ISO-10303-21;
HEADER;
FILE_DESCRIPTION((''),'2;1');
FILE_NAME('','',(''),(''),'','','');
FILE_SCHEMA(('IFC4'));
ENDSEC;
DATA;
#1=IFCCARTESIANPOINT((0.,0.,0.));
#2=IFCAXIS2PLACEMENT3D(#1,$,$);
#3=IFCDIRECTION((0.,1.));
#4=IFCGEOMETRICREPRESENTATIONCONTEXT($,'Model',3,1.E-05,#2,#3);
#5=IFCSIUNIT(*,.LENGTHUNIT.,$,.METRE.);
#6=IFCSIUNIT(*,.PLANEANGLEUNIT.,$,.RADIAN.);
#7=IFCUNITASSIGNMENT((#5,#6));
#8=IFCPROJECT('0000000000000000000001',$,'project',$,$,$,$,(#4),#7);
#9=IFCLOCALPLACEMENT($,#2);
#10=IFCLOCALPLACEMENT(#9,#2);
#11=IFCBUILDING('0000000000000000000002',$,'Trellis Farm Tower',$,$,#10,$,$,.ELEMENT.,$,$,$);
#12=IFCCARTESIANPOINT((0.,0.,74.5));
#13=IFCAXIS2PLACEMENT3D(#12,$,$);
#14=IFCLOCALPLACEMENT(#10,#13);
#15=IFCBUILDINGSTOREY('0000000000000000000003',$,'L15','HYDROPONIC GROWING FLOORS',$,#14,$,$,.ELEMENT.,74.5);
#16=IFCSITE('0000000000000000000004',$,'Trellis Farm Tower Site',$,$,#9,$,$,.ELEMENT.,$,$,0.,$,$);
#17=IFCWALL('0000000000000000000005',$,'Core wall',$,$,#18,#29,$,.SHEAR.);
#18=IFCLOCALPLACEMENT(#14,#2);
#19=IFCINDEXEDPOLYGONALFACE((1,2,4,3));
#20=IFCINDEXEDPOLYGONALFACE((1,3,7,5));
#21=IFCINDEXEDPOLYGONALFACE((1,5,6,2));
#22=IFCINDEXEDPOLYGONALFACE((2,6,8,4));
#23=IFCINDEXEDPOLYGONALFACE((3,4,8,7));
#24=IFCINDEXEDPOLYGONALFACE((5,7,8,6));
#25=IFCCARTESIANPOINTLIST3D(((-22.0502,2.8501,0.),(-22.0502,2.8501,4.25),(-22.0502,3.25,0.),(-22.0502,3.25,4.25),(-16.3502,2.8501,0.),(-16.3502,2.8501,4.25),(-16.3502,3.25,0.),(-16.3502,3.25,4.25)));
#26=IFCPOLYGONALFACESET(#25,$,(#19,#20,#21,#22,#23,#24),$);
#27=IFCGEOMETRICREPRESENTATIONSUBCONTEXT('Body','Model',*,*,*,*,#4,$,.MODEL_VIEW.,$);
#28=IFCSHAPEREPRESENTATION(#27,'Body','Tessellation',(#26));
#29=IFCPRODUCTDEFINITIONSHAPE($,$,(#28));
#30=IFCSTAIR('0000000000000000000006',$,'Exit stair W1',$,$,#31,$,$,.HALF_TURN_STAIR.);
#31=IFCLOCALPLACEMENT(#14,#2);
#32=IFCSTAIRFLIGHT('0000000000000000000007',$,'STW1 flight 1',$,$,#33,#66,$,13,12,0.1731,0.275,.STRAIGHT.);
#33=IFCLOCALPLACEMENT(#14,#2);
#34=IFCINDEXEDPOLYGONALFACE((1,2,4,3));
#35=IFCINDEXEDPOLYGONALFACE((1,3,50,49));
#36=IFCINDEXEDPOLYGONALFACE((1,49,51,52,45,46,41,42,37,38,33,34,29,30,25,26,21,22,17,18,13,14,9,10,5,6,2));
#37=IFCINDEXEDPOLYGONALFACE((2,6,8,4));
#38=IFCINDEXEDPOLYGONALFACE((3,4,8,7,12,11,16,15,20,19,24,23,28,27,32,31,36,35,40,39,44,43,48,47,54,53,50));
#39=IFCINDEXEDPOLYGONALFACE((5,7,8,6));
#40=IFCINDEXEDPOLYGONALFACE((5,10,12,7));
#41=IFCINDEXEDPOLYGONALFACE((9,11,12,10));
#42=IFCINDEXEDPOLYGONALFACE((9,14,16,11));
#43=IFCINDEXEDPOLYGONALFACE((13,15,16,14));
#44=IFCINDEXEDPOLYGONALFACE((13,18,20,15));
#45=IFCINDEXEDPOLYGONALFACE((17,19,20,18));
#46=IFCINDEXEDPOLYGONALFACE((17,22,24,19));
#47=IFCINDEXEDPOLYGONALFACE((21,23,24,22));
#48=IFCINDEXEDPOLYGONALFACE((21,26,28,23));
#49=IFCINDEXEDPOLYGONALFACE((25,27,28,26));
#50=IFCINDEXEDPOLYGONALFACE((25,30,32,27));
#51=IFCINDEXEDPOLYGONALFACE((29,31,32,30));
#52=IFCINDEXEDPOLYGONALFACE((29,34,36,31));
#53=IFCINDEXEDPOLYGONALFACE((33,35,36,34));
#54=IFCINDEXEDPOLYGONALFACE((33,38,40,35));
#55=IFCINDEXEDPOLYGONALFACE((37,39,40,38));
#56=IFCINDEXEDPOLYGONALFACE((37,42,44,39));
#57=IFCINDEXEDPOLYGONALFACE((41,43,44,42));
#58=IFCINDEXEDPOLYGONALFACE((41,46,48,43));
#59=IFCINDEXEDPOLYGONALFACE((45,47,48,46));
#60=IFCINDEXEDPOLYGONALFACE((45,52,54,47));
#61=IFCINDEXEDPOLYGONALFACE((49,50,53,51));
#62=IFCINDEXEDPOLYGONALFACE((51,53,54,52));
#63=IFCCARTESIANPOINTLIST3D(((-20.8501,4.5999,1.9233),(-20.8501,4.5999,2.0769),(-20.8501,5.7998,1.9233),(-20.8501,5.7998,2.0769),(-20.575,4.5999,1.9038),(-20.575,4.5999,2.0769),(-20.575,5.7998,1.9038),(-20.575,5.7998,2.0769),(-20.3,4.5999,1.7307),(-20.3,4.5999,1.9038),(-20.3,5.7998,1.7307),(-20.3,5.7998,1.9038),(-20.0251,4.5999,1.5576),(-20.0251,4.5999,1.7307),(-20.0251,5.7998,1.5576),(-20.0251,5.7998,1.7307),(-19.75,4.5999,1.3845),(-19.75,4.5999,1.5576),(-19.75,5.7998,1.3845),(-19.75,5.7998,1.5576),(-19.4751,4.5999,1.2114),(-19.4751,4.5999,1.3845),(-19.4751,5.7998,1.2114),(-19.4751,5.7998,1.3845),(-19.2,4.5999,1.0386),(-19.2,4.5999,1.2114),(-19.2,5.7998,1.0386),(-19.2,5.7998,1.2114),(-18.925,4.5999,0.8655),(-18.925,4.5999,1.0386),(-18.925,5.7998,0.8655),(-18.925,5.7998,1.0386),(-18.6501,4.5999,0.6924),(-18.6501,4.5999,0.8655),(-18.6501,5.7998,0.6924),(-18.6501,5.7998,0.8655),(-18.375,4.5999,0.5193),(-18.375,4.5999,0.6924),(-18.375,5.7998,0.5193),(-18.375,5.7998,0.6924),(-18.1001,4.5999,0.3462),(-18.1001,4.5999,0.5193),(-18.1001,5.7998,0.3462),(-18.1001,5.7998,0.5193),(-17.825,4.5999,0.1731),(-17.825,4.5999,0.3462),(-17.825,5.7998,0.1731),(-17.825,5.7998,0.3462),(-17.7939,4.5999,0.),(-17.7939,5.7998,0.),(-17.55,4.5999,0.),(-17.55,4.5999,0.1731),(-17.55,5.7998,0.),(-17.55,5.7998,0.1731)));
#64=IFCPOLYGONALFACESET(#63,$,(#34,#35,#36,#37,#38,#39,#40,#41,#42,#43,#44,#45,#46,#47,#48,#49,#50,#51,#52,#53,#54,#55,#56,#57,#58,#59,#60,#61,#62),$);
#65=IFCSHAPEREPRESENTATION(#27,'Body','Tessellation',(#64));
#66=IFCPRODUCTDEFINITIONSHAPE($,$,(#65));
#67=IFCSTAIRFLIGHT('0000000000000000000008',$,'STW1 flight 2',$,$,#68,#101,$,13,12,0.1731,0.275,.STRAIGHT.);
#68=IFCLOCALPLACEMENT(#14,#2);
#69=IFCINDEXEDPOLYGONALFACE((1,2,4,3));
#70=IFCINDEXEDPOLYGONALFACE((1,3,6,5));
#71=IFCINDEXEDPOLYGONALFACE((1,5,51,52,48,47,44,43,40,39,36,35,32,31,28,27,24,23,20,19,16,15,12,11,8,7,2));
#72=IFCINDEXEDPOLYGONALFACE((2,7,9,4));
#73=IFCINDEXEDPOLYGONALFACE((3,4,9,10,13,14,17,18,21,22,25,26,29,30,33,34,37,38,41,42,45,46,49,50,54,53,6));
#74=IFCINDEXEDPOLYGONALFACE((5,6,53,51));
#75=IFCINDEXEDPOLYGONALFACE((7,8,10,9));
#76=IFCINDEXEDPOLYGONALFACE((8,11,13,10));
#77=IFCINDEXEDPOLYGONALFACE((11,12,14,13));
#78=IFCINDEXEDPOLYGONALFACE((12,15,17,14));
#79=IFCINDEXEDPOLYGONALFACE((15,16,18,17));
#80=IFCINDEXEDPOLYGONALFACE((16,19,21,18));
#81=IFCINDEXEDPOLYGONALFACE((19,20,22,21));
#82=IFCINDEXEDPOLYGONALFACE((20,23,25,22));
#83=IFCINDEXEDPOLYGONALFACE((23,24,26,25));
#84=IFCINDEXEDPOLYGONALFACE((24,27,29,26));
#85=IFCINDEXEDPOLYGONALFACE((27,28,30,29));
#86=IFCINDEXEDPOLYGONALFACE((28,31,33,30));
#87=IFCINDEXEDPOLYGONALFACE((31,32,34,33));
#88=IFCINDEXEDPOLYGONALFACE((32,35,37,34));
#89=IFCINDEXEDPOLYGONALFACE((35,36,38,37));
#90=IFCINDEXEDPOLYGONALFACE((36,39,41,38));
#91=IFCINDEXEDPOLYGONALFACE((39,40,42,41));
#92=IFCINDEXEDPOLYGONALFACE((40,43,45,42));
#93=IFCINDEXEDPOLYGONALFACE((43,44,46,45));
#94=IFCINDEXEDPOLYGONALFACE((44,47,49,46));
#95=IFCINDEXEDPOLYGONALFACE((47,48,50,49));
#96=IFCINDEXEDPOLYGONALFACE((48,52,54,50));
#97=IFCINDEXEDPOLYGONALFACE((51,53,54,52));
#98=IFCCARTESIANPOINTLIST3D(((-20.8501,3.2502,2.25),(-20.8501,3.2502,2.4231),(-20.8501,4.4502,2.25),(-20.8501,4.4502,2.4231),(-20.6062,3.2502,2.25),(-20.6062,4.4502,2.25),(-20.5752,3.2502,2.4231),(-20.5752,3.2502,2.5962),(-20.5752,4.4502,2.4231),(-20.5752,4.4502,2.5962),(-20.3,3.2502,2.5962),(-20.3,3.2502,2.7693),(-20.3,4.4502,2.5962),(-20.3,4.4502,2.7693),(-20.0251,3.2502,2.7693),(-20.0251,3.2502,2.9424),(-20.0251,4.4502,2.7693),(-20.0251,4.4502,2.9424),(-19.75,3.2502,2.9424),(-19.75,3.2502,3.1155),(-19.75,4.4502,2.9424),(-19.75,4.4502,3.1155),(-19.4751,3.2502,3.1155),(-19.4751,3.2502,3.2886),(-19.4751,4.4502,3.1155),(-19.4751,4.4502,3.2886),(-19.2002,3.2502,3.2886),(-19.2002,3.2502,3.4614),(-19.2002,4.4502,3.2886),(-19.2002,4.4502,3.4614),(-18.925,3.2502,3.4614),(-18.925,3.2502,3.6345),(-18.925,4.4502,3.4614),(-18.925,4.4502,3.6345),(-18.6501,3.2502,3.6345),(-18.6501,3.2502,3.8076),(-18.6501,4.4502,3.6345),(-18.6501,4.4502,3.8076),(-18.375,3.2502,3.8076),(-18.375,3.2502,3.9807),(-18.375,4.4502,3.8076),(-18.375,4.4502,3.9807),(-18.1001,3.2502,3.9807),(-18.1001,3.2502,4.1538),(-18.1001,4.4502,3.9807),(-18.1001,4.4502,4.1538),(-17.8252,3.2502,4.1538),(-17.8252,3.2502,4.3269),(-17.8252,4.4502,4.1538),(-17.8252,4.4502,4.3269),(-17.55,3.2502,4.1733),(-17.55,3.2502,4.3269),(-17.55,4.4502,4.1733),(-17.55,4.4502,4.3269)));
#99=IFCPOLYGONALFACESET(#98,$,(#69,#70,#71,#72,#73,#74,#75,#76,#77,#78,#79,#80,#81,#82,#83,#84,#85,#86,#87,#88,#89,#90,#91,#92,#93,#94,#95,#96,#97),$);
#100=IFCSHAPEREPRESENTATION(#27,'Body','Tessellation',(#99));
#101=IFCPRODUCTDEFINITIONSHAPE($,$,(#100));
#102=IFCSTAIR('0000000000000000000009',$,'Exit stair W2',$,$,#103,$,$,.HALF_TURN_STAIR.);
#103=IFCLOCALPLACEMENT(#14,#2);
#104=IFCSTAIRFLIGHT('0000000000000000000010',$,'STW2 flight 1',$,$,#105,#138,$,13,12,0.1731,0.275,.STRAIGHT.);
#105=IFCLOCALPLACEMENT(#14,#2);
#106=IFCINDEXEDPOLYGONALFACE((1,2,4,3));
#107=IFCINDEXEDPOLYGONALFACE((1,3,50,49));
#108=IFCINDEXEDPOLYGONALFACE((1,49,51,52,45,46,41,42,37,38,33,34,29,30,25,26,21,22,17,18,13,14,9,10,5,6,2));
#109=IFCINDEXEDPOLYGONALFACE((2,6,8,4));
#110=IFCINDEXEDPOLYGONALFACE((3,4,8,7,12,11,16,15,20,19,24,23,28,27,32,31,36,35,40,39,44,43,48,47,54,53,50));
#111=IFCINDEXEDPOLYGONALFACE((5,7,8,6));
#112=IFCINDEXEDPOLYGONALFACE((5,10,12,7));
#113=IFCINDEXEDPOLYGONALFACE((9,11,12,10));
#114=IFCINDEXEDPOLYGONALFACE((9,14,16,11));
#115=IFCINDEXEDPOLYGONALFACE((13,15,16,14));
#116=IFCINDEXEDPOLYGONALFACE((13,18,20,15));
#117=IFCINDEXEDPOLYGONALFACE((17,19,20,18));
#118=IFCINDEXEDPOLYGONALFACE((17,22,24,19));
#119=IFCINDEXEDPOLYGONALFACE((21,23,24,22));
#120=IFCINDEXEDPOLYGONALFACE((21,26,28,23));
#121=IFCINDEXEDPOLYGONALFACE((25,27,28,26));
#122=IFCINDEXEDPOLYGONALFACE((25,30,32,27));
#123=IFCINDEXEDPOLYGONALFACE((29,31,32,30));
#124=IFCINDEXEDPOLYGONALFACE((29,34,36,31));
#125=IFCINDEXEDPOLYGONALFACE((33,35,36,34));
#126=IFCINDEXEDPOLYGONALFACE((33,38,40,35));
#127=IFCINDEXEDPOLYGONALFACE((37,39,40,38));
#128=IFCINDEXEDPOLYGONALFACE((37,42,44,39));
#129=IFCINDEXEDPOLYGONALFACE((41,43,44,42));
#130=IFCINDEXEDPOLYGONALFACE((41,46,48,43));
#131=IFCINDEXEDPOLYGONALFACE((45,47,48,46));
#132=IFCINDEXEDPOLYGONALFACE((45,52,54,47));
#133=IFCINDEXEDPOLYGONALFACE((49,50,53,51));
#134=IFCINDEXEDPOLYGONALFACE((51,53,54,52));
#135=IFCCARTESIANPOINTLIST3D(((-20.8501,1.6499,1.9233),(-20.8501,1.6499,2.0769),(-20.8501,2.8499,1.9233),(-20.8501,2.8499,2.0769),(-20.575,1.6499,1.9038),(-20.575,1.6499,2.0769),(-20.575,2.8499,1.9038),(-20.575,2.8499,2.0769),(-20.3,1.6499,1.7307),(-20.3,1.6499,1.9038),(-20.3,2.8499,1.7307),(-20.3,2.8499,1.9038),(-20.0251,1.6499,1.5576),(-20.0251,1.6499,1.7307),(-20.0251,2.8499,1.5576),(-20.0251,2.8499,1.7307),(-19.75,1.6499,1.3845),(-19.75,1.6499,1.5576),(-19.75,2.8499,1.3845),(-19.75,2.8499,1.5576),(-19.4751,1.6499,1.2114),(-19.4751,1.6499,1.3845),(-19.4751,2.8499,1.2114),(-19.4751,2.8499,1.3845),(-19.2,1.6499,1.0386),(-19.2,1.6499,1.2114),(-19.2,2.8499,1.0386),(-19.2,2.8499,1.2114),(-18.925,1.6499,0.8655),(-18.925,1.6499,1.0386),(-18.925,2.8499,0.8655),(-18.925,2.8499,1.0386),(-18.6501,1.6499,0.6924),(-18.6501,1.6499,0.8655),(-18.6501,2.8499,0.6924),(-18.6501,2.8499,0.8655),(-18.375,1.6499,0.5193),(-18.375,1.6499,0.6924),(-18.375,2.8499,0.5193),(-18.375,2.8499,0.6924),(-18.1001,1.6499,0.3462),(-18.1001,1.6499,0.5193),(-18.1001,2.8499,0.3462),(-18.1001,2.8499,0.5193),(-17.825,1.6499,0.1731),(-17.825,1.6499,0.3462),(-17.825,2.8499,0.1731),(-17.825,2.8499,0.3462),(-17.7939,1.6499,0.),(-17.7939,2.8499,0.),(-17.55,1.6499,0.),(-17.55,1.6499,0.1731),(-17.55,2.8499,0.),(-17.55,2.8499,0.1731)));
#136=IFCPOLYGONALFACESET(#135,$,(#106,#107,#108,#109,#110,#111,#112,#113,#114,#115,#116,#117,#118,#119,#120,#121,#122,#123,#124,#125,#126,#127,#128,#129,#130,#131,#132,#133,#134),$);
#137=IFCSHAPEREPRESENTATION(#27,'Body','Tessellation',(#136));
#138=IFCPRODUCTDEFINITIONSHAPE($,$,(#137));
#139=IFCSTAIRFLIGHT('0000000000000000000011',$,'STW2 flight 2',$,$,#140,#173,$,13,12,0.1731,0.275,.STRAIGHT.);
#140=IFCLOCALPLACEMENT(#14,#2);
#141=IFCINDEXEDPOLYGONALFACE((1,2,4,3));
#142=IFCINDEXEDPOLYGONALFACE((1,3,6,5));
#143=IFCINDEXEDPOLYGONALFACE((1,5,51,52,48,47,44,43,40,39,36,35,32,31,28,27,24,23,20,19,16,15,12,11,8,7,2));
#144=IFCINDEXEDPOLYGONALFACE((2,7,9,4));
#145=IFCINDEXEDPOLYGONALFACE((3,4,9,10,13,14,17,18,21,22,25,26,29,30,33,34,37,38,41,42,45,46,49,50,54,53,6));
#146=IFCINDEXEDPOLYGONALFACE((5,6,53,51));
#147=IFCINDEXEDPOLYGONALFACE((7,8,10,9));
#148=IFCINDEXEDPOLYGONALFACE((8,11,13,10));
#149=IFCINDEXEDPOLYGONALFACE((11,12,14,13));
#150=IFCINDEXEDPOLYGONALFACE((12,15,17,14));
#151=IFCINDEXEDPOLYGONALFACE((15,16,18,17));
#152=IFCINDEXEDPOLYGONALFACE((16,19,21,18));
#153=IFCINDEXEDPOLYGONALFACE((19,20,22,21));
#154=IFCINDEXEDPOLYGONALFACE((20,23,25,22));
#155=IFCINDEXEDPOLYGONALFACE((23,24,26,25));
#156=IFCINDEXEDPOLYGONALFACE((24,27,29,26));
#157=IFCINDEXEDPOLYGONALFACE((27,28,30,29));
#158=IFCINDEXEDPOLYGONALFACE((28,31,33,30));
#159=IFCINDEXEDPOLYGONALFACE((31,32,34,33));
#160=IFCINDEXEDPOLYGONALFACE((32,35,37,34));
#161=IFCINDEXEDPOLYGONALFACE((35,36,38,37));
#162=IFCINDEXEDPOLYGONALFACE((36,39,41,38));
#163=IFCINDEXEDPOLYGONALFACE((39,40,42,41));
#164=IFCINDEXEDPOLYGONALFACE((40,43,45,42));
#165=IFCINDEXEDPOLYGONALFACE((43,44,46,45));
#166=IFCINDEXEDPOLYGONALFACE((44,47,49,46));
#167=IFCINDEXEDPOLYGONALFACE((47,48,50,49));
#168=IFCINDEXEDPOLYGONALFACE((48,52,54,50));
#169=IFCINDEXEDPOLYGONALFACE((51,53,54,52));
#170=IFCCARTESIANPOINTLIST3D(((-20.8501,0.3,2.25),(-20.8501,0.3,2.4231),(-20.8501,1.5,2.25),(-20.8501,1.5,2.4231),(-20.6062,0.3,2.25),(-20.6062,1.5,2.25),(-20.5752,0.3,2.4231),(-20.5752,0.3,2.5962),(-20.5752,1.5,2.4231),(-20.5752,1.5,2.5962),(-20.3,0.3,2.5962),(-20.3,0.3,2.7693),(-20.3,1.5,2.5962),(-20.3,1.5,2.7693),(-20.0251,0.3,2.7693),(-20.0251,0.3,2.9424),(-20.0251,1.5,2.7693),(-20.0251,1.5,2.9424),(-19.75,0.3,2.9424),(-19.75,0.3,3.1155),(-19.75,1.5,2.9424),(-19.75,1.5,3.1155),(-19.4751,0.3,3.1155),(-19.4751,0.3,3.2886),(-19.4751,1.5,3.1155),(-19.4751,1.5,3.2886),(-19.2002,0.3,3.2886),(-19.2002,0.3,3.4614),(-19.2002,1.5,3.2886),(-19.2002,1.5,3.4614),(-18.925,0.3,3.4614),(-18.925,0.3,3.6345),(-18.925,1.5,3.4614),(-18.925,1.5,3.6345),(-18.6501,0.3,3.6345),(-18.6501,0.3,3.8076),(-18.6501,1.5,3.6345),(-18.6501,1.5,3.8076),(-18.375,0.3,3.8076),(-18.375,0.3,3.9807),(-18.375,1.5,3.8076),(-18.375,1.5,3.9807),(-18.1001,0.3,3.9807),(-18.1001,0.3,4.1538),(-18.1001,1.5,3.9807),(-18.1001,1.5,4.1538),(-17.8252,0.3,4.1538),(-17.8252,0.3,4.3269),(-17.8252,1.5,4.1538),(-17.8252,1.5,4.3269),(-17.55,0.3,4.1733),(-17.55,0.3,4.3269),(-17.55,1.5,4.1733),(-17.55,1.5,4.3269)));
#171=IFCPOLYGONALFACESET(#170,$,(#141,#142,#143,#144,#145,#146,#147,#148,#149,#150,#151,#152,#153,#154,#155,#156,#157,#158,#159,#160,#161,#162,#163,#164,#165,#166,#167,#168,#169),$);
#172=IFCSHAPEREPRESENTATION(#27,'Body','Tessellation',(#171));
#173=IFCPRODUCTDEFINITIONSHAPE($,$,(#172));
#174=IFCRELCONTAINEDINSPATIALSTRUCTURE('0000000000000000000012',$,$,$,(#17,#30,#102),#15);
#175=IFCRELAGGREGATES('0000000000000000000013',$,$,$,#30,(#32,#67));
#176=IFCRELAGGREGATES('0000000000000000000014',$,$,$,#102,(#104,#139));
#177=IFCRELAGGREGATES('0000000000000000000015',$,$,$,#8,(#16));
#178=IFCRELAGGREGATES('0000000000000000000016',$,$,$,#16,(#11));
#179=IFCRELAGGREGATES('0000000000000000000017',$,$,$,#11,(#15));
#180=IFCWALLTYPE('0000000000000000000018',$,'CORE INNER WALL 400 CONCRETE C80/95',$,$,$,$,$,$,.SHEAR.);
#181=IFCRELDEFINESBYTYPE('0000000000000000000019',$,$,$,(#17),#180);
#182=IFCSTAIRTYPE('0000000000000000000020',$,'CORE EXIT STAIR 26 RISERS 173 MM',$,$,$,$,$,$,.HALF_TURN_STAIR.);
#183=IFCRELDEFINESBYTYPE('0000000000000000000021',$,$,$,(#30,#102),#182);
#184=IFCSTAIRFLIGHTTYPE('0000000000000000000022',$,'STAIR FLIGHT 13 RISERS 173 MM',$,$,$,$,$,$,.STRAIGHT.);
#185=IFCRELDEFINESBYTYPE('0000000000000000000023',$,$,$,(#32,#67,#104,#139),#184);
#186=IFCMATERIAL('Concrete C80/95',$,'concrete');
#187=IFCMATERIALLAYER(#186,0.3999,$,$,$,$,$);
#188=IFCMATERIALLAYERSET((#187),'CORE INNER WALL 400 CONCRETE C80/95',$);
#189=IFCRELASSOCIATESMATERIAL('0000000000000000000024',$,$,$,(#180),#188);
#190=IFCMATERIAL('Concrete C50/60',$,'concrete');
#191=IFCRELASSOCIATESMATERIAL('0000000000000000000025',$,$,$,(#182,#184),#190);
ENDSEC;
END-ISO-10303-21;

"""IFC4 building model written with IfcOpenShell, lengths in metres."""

from ifc_helpers import new_model, si_unit, direction, frame, frame_2d, origin, place, context, subcontext, project, spatial, polyline, rectangle, outline, extrude, source, transform, mapped, material, layer, layer_set, type_object, element, aggregate, save


model = new_model("IFC4")

# Units and contexts
model_context = context("Model", 3, precision=1e-05, world=origin(), true_north=direction((0.0, 1.0)))
body_context = subcontext(model_context, "Body", "Model", "MODEL_VIEW")
ifc_project = project(units=[si_unit("LENGTHUNIT", "METRE"), si_unit("PLANEANGLEUNIT", "RADIAN")], contexts=[model_context])

# Site, building, storey
site_placement = place(None, origin())
site = spatial("IfcSite", under=ifc_project, at=site_placement, Name="Trellis Farm Tower Site", CompositionType="ELEMENT", RefElevation=0.0)
building_placement = place(site_placement, origin())
building = spatial("IfcBuilding", under=site, at=building_placement, Name="Trellis Farm Tower", CompositionType="ELEMENT")
storey_placement = place(building_placement, frame((0.0, 0.0, 74.5)))
storey = spatial("IfcBuildingStorey", under=building, at=storey_placement, Name="L15", Description="HYDROPONIC GROWING FLOORS", CompositionType="ELEMENT", Elevation=74.5)

# Shared definitions
ifc_material_1 = material(Name="Concrete C80/95", Category="concrete")

# Shared definitions
placement = place(storey_placement, origin())

# Shared definitions
ifc_layer_1 = layer(ifc_material_1, 0.3999)
ifc_layer_set_1 = layer_set([ifc_layer_1], Name="CORE INNER WALL 400 CONCRETE C80/95")
wall_type_1 = type_object("IfcWallType", Name="CORE INNER WALL 400 CONCRETE C80/95", PredefinedType="SHEAR", material=ifc_layer_set_1)

# Wall
shared_shape_1 = source(origin(), body_context, "Body", "SweptSolid", [
    extrude(rectangle(XDim=5.7, YDim=0.3999, at=frame_2d((2.8501, 0.0))), origin(), (0.0, 0.0, 1.0), 4.25),
])
wall_1_placement = place(storey_placement, frame((-16.3501, 3.05, 0.0), z_axis=(0.0, 0.0, 1.0), x_axis=(-1.0, 0.0, 0.0)))
element("IfcWall", 1, at=wall_1_placement, inside=storey, type_object=wall_type_1, Name="Core wall", PredefinedType="SHEAR", context=body_context, shape_type="MappedRepresentation", body=[
    mapped(shared_shape_1, transform((0.0, 0.0, 0.0))),
])

# Stairs, stair flights
ifc_material_2 = material(Name="Concrete C50/60", Category="concrete")
stair_type = type_object("IfcStairType", Name="CORE EXIT STAIR 26 RISERS 173 MM", PredefinedType="HALF_TURN_STAIR", material=ifc_material_2)
stair_1 = element("IfcStair", 2, at=placement, inside=storey, type_object=stair_type, Name="Exit stair W1", PredefinedType="HALF_TURN_STAIR")
stair_flight_type = type_object("IfcStairFlightType", Name="STAIR FLIGHT 13 RISERS 173 MM", PredefinedType="STRAIGHT", material=ifc_material_2)
shared_shape_2 = source(origin(), body_context, "Body", "SweptSolid", [
    extrude(outline(polyline([(0.0, 0.0), (0.0, 0.1731), (0.2749, 0.1731), (0.2749, 0.3462), (0.55, 0.3462), (0.55, 0.5193), (0.825, 0.5193), (0.825, 0.6924), (1.1001, 0.6924), (1.1001, 0.8655), (1.375, 0.8655), (1.375, 1.0386), (1.6499, 1.0386), (1.6499, 1.2114), (1.925, 1.2114), (1.925, 1.3845), (2.2, 1.3845), (2.2, 1.5576), (2.4751, 1.5576), (2.4751, 1.7307), (2.75, 1.7307), (2.75, 1.9038), (3.0249, 1.9038), (3.0249, 2.0769), (3.3, 2.0769), (3.3, 2.25), (3.3, 1.9233), (0.2439, 0.0), (0.0, 0.0)])), frame((0.0, 0.6001, 0.0), z_axis=(0.0, -1.0, 0.0), x_axis=(1.0, 0.0, 0.0)), (0.0, 0.0, 1.0), 1.2),
])
stair_flight_1_placement = place(storey_placement, frame((-17.55, 5.2, 0.0), z_axis=(0.0, 0.0, 1.0), x_axis=(-1.0, 0.0, 0.0)))
stair_flight_1 = element("IfcStairFlight", 3, at=stair_flight_1_placement, type_object=stair_flight_type, Name="STW1 flight 1", NumberOfRisers=13, NumberOfTreads=12, PredefinedType="STRAIGHT", RiserHeight=0.1731, TreadLength=0.275, context=body_context, shape_type="MappedRepresentation", body=[
    mapped(shared_shape_2, transform((0.0, 0.0, 0.0))),
])
stair_flight_2_placement = place(storey_placement, frame((-20.8501, 3.8501, 2.25), z_axis=(0.0, 0.0, 1.0), x_axis=(1.0, 0.0, 0.0)))
stair_flight_2 = element("IfcStairFlight", 4, at=stair_flight_2_placement, type_object=stair_flight_type, Name="STW1 flight 2", NumberOfRisers=13, NumberOfTreads=12, PredefinedType="STRAIGHT", RiserHeight=0.1731, TreadLength=0.275, context=body_context, shape_type="MappedRepresentation", body=[
    mapped(shared_shape_2, transform((0.0, 0.0, 0.0))),
])
aggregate(stair_1, [stair_flight_1, stair_flight_2])
stair_2 = element("IfcStair", 5, at=placement, inside=storey, type_object=stair_type, Name="Exit stair W2", PredefinedType="HALF_TURN_STAIR")
stair_flight_3_placement = place(storey_placement, frame((-17.55, 2.25, 0.0), z_axis=(0.0, 0.0, 1.0), x_axis=(-1.0, 0.0, 0.0)))
stair_flight_3 = element("IfcStairFlight", 6, at=stair_flight_3_placement, type_object=stair_flight_type, Name="STW2 flight 1", NumberOfRisers=13, NumberOfTreads=12, PredefinedType="STRAIGHT", RiserHeight=0.1731, TreadLength=0.275, context=body_context, shape_type="MappedRepresentation", body=[
    mapped(shared_shape_2, transform((0.0, 0.0, 0.0))),
])
stair_flight_4_placement = place(storey_placement, frame((-20.8501, 0.8999, 2.25), z_axis=(0.0, 0.0, 1.0), x_axis=(1.0, 0.0, 0.0)))
stair_flight_4 = element("IfcStairFlight", 7, at=stair_flight_4_placement, type_object=stair_flight_type, Name="STW2 flight 2", NumberOfRisers=13, NumberOfTreads=12, PredefinedType="STRAIGHT", RiserHeight=0.1731, TreadLength=0.275, context=body_context, shape_type="MappedRepresentation", body=[
    mapped(shared_shape_2, transform((0.0, 0.0, 0.0))),
])
aggregate(stair_2, [stair_flight_3, stair_flight_4])

save(model, "model.ifc")
